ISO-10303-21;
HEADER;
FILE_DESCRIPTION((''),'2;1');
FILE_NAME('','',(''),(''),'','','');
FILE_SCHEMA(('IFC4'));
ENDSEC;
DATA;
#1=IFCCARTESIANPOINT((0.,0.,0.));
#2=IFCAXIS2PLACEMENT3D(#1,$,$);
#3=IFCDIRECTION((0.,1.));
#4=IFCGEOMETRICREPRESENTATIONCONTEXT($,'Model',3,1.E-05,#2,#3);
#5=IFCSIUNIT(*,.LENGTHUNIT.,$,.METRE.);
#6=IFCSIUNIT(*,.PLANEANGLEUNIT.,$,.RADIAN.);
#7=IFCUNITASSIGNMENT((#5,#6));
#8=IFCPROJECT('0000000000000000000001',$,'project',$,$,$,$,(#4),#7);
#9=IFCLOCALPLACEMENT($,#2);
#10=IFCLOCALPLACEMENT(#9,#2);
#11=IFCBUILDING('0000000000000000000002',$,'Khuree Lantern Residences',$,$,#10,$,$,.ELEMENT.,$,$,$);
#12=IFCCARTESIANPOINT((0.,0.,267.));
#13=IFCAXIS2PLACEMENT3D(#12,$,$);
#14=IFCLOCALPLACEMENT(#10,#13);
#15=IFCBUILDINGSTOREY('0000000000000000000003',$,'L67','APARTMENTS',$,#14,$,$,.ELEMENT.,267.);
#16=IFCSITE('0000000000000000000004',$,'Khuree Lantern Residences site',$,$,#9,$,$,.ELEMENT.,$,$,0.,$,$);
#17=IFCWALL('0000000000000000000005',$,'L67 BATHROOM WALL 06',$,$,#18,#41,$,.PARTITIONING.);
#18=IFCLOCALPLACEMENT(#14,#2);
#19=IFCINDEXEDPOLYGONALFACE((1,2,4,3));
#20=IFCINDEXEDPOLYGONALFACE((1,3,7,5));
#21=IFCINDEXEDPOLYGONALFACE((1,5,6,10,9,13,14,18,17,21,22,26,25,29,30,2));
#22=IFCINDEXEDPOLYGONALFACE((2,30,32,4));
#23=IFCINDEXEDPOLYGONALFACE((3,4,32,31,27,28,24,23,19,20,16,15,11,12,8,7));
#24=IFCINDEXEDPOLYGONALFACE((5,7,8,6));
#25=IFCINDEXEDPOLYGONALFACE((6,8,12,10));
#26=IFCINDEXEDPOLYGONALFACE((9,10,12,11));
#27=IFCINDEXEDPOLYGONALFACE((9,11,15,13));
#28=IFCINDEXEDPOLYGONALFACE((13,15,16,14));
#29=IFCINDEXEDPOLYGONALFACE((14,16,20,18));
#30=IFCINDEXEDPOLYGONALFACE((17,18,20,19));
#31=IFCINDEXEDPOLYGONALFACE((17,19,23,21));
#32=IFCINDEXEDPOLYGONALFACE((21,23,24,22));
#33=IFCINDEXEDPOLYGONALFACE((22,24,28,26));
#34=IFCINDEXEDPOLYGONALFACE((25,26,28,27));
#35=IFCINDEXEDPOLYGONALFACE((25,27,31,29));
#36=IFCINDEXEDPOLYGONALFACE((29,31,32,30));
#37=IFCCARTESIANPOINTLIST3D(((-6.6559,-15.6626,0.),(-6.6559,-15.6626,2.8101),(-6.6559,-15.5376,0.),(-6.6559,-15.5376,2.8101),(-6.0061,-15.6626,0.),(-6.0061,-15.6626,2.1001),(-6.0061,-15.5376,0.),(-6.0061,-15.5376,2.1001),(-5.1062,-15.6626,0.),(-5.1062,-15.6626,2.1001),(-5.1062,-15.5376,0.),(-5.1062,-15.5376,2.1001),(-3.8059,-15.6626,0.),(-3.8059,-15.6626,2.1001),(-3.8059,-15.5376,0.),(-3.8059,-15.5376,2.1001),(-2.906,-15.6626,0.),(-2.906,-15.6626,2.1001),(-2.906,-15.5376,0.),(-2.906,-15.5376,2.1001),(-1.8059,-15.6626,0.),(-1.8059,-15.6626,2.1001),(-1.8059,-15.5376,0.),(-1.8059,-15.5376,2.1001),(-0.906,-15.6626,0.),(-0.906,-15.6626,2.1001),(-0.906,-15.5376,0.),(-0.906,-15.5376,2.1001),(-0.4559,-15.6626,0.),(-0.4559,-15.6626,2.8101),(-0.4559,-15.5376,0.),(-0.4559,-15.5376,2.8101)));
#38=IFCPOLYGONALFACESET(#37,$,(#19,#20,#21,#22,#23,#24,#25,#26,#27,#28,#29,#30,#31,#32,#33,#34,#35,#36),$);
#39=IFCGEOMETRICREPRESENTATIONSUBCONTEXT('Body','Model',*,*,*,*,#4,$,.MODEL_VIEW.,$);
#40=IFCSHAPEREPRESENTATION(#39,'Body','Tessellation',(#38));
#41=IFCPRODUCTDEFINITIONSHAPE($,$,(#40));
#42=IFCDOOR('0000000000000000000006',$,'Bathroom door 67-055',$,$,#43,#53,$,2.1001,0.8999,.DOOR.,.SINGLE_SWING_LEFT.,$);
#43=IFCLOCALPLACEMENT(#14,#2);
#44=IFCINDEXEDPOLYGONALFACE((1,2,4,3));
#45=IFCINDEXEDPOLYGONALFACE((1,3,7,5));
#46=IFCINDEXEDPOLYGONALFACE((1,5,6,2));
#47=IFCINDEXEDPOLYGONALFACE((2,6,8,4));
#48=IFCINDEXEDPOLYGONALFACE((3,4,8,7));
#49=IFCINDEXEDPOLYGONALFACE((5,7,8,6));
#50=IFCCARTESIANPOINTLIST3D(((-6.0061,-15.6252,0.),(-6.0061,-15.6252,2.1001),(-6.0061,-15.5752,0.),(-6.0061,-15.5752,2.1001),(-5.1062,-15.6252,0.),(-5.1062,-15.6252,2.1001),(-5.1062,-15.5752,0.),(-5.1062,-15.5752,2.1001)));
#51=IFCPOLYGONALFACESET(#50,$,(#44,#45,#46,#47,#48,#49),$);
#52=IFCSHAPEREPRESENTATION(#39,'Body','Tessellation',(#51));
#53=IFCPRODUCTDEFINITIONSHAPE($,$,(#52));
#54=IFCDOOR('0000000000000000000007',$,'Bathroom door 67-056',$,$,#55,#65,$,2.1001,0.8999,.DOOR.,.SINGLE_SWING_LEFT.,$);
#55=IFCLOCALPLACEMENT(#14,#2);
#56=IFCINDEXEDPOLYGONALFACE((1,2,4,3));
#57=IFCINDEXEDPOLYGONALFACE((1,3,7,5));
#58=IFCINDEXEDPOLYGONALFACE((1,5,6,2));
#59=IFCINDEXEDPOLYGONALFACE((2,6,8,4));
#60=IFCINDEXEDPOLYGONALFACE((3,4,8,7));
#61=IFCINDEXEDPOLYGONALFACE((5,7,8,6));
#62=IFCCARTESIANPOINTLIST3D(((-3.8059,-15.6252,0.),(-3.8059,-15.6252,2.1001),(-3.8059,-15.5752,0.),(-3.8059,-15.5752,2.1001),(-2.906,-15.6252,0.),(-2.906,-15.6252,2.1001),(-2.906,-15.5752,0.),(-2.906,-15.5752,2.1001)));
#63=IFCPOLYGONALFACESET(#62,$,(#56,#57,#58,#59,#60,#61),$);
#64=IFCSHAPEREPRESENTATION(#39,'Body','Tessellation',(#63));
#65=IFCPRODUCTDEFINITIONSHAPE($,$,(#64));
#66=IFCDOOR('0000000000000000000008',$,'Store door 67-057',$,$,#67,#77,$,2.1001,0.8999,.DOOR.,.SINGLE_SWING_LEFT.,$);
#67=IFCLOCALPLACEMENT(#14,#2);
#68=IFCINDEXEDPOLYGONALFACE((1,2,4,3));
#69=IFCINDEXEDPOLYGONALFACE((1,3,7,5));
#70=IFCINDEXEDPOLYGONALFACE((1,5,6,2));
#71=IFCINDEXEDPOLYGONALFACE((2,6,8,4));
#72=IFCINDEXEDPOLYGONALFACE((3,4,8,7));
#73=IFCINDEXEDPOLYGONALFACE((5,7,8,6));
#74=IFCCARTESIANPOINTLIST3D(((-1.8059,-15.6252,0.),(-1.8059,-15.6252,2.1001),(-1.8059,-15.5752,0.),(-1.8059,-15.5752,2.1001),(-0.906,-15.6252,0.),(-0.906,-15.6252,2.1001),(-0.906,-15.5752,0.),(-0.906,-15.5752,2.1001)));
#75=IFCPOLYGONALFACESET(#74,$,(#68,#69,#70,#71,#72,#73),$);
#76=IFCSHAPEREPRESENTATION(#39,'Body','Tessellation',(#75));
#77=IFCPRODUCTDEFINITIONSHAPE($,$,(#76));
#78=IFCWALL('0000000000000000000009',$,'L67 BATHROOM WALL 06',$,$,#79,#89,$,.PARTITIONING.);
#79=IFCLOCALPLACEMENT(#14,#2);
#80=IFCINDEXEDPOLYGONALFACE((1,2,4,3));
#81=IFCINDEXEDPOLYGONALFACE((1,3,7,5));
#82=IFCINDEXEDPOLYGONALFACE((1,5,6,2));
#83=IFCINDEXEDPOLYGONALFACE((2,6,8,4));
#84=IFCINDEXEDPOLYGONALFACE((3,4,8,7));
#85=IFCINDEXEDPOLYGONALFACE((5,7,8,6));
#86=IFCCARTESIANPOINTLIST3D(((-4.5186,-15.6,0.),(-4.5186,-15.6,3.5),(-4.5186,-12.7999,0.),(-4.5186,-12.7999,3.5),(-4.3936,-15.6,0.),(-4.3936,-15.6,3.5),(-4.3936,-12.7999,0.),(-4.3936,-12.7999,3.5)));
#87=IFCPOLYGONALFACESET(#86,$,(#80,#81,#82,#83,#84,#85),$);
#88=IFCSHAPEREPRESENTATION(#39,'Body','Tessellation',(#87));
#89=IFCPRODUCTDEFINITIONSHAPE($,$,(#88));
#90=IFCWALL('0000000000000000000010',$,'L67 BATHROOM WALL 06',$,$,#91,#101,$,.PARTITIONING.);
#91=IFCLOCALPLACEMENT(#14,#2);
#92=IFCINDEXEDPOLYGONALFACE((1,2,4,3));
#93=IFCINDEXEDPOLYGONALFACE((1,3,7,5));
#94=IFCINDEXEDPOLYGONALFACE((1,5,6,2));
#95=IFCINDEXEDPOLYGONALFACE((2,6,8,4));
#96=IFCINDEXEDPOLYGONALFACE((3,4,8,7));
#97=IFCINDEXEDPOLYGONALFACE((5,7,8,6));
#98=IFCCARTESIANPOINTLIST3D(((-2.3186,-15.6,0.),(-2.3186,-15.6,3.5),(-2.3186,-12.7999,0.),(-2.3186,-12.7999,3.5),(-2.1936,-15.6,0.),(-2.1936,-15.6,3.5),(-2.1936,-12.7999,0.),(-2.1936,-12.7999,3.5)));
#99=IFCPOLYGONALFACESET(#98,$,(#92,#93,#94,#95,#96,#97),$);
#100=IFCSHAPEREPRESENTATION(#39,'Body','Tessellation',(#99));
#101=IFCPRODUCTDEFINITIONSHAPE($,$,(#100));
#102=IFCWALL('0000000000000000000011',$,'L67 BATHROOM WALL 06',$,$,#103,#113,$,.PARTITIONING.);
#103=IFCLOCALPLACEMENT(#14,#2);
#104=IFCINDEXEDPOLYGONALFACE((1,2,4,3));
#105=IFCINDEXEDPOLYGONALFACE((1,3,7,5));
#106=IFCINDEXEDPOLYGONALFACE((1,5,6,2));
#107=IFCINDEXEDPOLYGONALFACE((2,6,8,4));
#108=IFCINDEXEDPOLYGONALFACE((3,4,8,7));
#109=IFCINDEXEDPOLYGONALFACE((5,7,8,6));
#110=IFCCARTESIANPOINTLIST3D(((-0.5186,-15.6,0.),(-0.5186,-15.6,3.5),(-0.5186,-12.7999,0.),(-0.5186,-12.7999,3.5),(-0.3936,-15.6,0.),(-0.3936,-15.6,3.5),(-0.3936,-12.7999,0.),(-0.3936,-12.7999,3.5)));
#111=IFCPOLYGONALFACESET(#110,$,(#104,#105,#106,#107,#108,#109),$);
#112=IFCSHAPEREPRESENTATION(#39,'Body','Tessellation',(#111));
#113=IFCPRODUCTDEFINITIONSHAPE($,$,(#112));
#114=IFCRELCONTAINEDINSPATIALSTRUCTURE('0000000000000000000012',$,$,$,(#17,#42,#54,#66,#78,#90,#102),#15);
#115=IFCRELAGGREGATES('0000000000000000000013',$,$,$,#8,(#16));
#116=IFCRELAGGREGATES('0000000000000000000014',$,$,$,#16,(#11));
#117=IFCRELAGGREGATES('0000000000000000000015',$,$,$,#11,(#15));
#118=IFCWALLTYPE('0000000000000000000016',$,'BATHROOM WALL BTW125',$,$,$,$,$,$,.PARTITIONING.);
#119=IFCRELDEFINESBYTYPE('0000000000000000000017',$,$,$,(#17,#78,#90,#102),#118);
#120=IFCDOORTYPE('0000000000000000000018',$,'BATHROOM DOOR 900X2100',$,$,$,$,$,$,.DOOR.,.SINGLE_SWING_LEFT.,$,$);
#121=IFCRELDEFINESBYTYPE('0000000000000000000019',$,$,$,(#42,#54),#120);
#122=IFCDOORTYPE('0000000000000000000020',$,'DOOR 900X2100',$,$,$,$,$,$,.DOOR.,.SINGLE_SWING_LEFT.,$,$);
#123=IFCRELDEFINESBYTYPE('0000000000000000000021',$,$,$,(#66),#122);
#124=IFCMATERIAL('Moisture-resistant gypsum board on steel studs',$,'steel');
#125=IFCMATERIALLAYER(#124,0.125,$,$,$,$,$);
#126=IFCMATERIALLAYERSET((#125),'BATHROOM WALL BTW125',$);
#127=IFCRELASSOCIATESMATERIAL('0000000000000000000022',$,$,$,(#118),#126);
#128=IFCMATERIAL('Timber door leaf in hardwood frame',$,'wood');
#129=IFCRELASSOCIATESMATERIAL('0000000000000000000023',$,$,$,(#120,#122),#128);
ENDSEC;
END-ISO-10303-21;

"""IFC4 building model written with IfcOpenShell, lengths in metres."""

from ifc_helpers import new_model, si_unit, direction, frame, frame_2d, origin, place, context, subcontext, project, spatial, rectangle, extrude, material, layer, layer_set, type_object, element, fill, save


model = new_model("IFC4")

# Units and contexts
model_context = context("Model", 3, precision=1e-05, world=origin(), true_north=direction((0.0, 1.0)))
body_context = subcontext(model_context, "Body", "Model", "MODEL_VIEW")
ifc_project = project(units=[si_unit("LENGTHUNIT", "METRE"), si_unit("PLANEANGLEUNIT", "RADIAN")], contexts=[model_context])

# Site, building, storey
site_placement = place(None, origin())
site = spatial("IfcSite", under=ifc_project, at=site_placement, Name="Khuree Lantern Residences site", CompositionType="ELEMENT", RefElevation=0.0)
building_placement = place(site_placement, origin())
building = spatial("IfcBuilding", under=site, at=building_placement, Name="Khuree Lantern Residences", CompositionType="ELEMENT")
storey_placement = place(building_placement, frame((0.0, 0.0, 267.0)))
storey = spatial("IfcBuildingStorey", under=building, at=storey_placement, Name="L67", Description="APARTMENTS", CompositionType="ELEMENT", Elevation=267.0)

# Wall, openings, doors
ifc_material_1 = material(Name="Moisture-resistant gypsum board on steel studs", Category="steel")
ifc_layer_1 = layer(ifc_material_1, 0.125)
ifc_layer_set_1 = layer_set([ifc_layer_1], Name="BATHROOM WALL BTW125")
wall_type_1 = type_object("IfcWallType", Name="BATHROOM WALL BTW125", PredefinedType="PARTITIONING", material=ifc_layer_set_1)
wall_1_placement = place(storey_placement, frame((-6.656, -15.6001, 0.0), z_axis=(0.0, 0.0, 1.0), x_axis=(1.0, 0.0, 0.0)))
wall_1 = element("IfcWall", 1, at=wall_1_placement, inside=storey, type_object=wall_type_1, Name="L67 BATHROOM WALL 06", PredefinedType="PARTITIONING", context=body_context, shape_type="SweptSolid", body=[
    extrude(rectangle(XDim=6.2, YDim=0.125, at=frame_2d((3.1001, 0.0))), origin(), (0.0, 0.0, 1.0), 2.8101),
])
opening_1_placement = place(wall_1_placement, frame((0.6499, 0.0, 0.0)))
opening_1 = element("IfcOpeningElement", 2, at=opening_1_placement, cuts=wall_1, PredefinedType="OPENING", context=body_context, shape_type="SweptSolid", body=[
    extrude(rectangle(XDim=0.8999, YDim=2.1001, at=frame_2d((0.45, 1.05))), frame((0.0, 0.0725, 0.0), z_axis=(0.0, -1.0, 0.0), x_axis=(1.0, 0.0, 0.0)), (0.0, 0.0, 1.0), 0.145),
])
opening_2_placement = place(wall_1_placement, frame((2.8501, 0.0, 0.0)))
opening_2 = element("IfcOpeningElement", 3, at=opening_2_placement, cuts=wall_1, PredefinedType="OPENING", context=body_context, shape_type="SweptSolid", body=[
    extrude(rectangle(XDim=0.8999, YDim=2.1001, at=frame_2d((0.45, 1.05))), frame((0.0, 0.0725, 0.0), z_axis=(0.0, -1.0, 0.0), x_axis=(1.0, 0.0, 0.0)), (0.0, 0.0, 1.0), 0.145),
])
opening_3_placement = place(wall_1_placement, frame((4.8501, 0.0, 0.0)))
opening_3 = element("IfcOpeningElement", 4, at=opening_3_placement, cuts=wall_1, PredefinedType="OPENING", context=body_context, shape_type="SweptSolid", body=[
    extrude(rectangle(XDim=0.8999, YDim=2.1001, at=frame_2d((0.45, 1.05))), frame((0.0, 0.0725, 0.0), z_axis=(0.0, -1.0, 0.0), x_axis=(1.0, 0.0, 0.0)), (0.0, 0.0, 1.0), 0.145),
])
ifc_material_2 = material(Name="Timber door leaf in hardwood frame", Category="wood")
door_type_1 = type_object("IfcDoorType", Name="BATHROOM DOOR 900X2100", OperationType="SINGLE_SWING_LEFT", PredefinedType="DOOR", material=ifc_material_2)
door_1_placement = place(opening_1_placement, origin())
door_1 = element("IfcDoor", 5, at=door_1_placement, inside=storey, type_object=door_type_1, Name="Bathroom door 67-055", OperationType="SINGLE_SWING_LEFT", OverallHeight=2.1001, OverallWidth=0.8999, PredefinedType="DOOR", context=body_context, shape_type="SweptSolid", body=[
    extrude(rectangle(XDim=0.8999, YDim=2.1001, at=frame_2d((0.45, 1.05))), frame((0.0, 0.0249, 0.0), z_axis=(0.0, -1.0, 0.0), x_axis=(1.0, 0.0, 0.0)), (0.0, 0.0, 1.0), 0.05),
])
fill(opening_1, door_1)
door_2_placement = place(opening_2_placement, origin())
door_2 = element("IfcDoor", 6, at=door_2_placement, inside=storey, type_object=door_type_1, Name="Bathroom door 67-056", OperationType="SINGLE_SWING_LEFT", OverallHeight=2.1001, OverallWidth=0.8999, PredefinedType="DOOR", context=body_context, shape_type="SweptSolid", body=[
    extrude(rectangle(XDim=0.8999, YDim=2.1001, at=frame_2d((0.45, 1.05))), frame((0.0, 0.0249, 0.0), z_axis=(0.0, -1.0, 0.0), x_axis=(1.0, 0.0, 0.0)), (0.0, 0.0, 1.0), 0.05),
])
fill(opening_2, door_2)
door_type_2 = type_object("IfcDoorType", Name="DOOR 900X2100", OperationType="SINGLE_SWING_LEFT", PredefinedType="DOOR", material=ifc_material_2)
door_3_placement = place(opening_3_placement, origin())
door_3 = element("IfcDoor", 7, at=door_3_placement, inside=storey, type_object=door_type_2, Name="Store door 67-057", OperationType="SINGLE_SWING_LEFT", OverallHeight=2.1001, OverallWidth=0.8999, PredefinedType="DOOR", context=body_context, shape_type="SweptSolid", body=[
    extrude(rectangle(XDim=0.8999, YDim=2.1001, at=frame_2d((0.45, 1.05))), frame((0.0, 0.0249, 0.0), z_axis=(0.0, -1.0, 0.0), x_axis=(1.0, 0.0, 0.0)), (0.0, 0.0, 1.0), 0.05),
])
fill(opening_3, door_3)

# Walls
for number, where, z_axis, x_axis, name in (
    (8, (-4.4561, -12.8, 0.0), (0.0, 0.0, 1.0), (0.0, -1.0, 0.0), "L67 BATHROOM WALL 06"),
    (9, (-2.2561, -12.8, 0.0), (0.0, 0.0, 1.0), (0.0, -1.0, 0.0), "L67 BATHROOM WALL 06"),
    (10, (-0.4561, -12.8, 0.0), (0.0, 0.0, 1.0), (0.0, -1.0, 0.0), "L67 BATHROOM WALL 06"),
):
    element("IfcWall", number, at=place(storey_placement, frame(where, z_axis=z_axis, x_axis=x_axis)), inside=storey, type_object=wall_type_1, Name=name, PredefinedType="PARTITIONING", context=body_context, shape_type="SweptSolid", body=[
        extrude(rectangle(XDim=2.8, YDim=0.125, at=frame_2d((1.3999, 0.0))), origin(), (0.0, 0.0, 1.0), 3.5),
    ])

save(model, "model.ifc")
